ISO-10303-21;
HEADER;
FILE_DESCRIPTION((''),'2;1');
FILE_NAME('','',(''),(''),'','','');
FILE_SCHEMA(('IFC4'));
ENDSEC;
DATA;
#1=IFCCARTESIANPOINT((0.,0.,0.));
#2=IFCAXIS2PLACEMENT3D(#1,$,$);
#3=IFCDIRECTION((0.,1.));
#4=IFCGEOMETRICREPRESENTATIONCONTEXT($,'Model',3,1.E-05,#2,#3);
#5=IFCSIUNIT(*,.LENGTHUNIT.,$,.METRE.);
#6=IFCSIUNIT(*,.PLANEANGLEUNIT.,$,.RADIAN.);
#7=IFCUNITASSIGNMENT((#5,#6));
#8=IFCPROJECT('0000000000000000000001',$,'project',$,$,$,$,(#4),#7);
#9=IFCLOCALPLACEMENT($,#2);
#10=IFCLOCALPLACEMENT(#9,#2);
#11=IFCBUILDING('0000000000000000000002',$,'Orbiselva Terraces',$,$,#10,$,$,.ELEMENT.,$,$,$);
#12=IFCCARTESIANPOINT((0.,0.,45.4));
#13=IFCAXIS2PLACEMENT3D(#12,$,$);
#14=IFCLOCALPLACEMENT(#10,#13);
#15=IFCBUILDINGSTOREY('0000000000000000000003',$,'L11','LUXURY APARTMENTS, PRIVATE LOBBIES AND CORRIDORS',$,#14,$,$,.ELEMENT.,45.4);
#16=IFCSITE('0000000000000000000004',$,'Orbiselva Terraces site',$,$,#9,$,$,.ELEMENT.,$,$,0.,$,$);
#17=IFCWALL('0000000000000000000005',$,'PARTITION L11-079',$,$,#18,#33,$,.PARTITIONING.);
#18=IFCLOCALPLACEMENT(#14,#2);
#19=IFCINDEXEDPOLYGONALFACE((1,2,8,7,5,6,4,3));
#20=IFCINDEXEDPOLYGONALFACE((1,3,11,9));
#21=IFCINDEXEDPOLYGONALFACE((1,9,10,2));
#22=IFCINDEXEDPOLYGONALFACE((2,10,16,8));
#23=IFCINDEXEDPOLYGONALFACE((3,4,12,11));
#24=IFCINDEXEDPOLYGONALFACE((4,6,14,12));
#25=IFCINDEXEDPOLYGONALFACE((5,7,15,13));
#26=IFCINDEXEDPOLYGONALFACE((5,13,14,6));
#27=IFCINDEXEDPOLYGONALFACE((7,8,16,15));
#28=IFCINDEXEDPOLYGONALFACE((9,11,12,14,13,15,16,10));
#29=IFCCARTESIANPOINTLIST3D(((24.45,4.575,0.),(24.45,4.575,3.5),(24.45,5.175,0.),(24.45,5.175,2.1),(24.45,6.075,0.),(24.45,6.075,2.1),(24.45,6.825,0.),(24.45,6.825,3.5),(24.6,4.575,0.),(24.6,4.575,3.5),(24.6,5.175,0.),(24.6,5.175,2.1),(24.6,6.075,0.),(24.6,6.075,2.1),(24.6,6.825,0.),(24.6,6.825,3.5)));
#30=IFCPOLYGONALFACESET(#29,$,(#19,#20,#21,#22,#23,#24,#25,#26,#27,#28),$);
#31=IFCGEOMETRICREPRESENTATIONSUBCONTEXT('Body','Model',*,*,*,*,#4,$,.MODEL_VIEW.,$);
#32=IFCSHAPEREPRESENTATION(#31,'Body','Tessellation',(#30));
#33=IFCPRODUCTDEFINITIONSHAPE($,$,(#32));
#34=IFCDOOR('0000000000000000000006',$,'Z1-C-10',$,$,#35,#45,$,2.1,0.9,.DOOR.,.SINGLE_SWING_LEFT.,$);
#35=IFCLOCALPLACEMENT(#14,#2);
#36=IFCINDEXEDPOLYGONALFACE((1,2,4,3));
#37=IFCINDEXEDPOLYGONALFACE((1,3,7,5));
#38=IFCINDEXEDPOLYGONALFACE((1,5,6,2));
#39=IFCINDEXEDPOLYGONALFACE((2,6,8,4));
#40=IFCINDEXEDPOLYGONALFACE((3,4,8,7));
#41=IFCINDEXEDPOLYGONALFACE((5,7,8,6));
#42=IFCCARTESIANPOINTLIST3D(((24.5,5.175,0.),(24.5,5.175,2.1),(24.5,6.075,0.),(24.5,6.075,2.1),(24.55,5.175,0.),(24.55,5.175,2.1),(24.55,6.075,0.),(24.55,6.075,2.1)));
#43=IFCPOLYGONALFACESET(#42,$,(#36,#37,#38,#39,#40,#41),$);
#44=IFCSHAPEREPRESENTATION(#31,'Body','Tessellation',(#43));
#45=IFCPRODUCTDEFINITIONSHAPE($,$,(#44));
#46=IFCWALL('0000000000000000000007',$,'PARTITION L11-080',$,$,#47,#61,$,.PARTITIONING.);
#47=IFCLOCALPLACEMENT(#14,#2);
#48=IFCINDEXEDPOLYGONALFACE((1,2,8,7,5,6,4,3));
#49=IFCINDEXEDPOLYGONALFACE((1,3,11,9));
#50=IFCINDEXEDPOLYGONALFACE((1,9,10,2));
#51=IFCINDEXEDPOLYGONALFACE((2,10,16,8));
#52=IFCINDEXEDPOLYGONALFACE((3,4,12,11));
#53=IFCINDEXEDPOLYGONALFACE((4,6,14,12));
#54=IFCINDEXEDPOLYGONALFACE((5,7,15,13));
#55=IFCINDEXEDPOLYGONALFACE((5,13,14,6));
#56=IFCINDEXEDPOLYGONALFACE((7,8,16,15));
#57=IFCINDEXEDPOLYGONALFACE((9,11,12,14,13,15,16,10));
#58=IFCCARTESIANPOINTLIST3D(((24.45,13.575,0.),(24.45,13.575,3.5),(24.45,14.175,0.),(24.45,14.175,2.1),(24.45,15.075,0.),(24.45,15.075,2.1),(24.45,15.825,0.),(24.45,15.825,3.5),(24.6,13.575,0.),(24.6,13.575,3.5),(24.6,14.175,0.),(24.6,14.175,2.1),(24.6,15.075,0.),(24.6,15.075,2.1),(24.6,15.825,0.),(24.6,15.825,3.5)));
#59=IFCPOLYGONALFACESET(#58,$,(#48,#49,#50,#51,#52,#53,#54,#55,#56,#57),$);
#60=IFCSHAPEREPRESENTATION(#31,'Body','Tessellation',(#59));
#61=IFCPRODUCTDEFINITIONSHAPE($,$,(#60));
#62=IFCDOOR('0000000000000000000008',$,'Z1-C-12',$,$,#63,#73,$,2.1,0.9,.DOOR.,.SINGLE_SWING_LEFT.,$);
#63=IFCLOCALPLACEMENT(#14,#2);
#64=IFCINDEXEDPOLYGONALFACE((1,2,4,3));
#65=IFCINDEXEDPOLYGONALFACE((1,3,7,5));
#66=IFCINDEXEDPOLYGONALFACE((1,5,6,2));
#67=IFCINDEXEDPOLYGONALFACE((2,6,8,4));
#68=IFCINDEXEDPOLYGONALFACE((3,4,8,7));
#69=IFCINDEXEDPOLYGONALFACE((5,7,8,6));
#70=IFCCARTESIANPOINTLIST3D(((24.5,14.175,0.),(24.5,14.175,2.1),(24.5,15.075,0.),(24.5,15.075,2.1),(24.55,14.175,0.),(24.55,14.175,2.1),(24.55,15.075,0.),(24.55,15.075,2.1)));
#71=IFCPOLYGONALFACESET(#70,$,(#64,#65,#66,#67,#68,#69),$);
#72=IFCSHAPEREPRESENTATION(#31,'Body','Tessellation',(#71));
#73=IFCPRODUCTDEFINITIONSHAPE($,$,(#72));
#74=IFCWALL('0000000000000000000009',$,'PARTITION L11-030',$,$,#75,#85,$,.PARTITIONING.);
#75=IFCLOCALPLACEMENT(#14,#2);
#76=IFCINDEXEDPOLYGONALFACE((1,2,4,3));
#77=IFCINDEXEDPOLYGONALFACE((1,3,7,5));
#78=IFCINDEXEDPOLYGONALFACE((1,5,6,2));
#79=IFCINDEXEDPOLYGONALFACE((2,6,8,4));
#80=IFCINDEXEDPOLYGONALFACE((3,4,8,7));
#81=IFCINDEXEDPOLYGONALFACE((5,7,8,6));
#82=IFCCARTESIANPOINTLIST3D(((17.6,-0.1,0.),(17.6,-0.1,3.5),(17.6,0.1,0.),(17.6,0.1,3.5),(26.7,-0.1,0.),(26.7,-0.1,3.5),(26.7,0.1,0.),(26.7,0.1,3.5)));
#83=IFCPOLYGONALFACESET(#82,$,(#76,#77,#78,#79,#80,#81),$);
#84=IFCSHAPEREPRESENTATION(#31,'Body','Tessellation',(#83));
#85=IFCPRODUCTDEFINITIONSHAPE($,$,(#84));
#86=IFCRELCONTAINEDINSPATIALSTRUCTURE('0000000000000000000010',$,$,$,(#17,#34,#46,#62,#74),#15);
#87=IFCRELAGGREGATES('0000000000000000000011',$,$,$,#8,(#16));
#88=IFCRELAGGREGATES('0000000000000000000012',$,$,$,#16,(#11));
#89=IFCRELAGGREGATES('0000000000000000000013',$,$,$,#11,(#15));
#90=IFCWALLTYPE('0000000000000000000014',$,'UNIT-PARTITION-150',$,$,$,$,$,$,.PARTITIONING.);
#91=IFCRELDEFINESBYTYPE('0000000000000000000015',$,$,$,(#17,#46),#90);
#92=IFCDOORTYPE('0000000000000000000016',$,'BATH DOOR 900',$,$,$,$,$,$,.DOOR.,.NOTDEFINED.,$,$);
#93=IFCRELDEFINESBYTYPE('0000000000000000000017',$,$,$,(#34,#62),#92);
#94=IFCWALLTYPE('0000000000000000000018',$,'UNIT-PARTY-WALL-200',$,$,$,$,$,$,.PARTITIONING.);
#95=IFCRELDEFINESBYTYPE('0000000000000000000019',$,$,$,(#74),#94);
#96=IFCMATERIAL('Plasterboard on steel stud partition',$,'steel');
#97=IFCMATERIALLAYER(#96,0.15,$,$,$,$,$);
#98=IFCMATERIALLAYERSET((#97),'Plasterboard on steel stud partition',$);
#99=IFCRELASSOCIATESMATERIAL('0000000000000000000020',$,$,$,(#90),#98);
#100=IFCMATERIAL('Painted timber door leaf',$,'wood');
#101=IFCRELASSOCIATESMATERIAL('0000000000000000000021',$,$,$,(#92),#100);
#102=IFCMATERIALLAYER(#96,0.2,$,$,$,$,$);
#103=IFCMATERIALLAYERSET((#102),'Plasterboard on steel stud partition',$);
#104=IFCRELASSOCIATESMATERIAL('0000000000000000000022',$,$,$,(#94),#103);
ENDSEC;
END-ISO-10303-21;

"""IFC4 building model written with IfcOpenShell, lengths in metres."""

from ifc_helpers import new_model, si_unit, direction, frame, frame_2d, origin, place, context, subcontext, project, spatial, rectangle, extrude, material, layer, layer_set, type_object, element, fill, save


model = new_model("IFC4")

# Units and contexts
model_context = context("Model", 3, precision=1e-05, world=origin(), true_north=direction((0.0, 1.0)))
body_context = subcontext(model_context, "Body", "Model", "MODEL_VIEW")
ifc_project = project(units=[si_unit("LENGTHUNIT", "METRE"), si_unit("PLANEANGLEUNIT", "RADIAN")], contexts=[model_context])

# Site, building, storey
site_placement = place(None, origin())
site = spatial("IfcSite", under=ifc_project, at=site_placement, Name="Orbiselva Terraces site", CompositionType="ELEMENT", RefElevation=0.0)
building_placement = place(site_placement, origin())
building = spatial("IfcBuilding", under=site, at=building_placement, Name="Orbiselva Terraces", CompositionType="ELEMENT")
storey_placement = place(building_placement, frame((0.0, 0.0, 45.4)))
storey = spatial("IfcBuildingStorey", under=building, at=storey_placement, Name="L11", Description="LUXURY APARTMENTS, PRIVATE LOBBIES AND CORRIDORS", CompositionType="ELEMENT", Elevation=45.4)

# Shared definitions
ifc_material_1 = material(Name="Plasterboard on steel stud partition", Category="steel")
ifc_material_2 = material(Name="Painted timber door leaf", Category="wood")

# Shared definitions
ifc_layer_1 = layer(ifc_material_1, 0.15)
ifc_layer_set_1 = layer_set([ifc_layer_1], Name="Plasterboard on steel stud partition")
wall_type_1 = type_object("IfcWallType", Name="UNIT-PARTITION-150", PredefinedType="PARTITIONING", material=ifc_layer_set_1)

# Walls, openings, doors
wall_1_placement = place(storey_placement, frame((24.525, 4.575, 0.0), z_axis=(0.0, 0.0, 1.0), x_axis=(0.0, 1.0, 0.0)))
wall_1 = element("IfcWall", 1, at=wall_1_placement, inside=storey, type_object=wall_type_1, Name="PARTITION L11-079", PredefinedType="PARTITIONING", context=body_context, shape_type="SweptSolid", body=[
    extrude(rectangle(XDim=2.25, YDim=0.15, at=frame_2d((1.125, 0.0))), origin(), (0.0, 0.0, 1.0), 3.5),
])
opening_1_placement = place(wall_1_placement, frame((0.6, 0.0, 0.0)))
opening_1 = element("IfcOpeningElement", 2, at=opening_1_placement, cuts=wall_1, PredefinedType="OPENING", context=body_context, shape_type="SweptSolid", body=[
    extrude(rectangle(XDim=0.9, YDim=2.1, at=frame_2d((0.45, 1.05))), frame((0.0, 0.085, 0.0), z_axis=(0.0, -1.0, 0.0), x_axis=(1.0, 0.0, 0.0)), (0.0, 0.0, 1.0), 0.17),
])
door_type_1 = type_object("IfcDoorType", Name="BATH DOOR 900", OperationType="NOTDEFINED", PredefinedType="DOOR", material=ifc_material_2)
door_1_placement = place(opening_1_placement, origin())
door_1 = element("IfcDoor", 3, at=door_1_placement, inside=storey, type_object=door_type_1, Name="Z1-C-10", OperationType="SINGLE_SWING_LEFT", OverallHeight=2.1, OverallWidth=0.9, PredefinedType="DOOR", context=body_context, shape_type="SweptSolid", body=[
    extrude(rectangle(XDim=0.9, YDim=2.1, at=frame_2d((0.45, 1.05))), frame((0.0, 0.025, 0.0), z_axis=(0.0, -1.0, 0.0), x_axis=(1.0, 0.0, 0.0)), (0.0, 0.0, 1.0), 0.05),
])
fill(opening_1, door_1)
wall_2_placement = place(storey_placement, frame((24.525, 13.575, 0.0), z_axis=(0.0, 0.0, 1.0), x_axis=(0.0, 1.0, 0.0)))
wall_2 = element("IfcWall", 4, at=wall_2_placement, inside=storey, type_object=wall_type_1, Name="PARTITION L11-080", PredefinedType="PARTITIONING", context=body_context, shape_type="SweptSolid", body=[
    extrude(rectangle(XDim=2.25, YDim=0.15, at=frame_2d((1.125, 0.0))), origin(), (0.0, 0.0, 1.0), 3.5),
])
opening_2_placement = place(wall_2_placement, frame((0.6, 0.0, 0.0)))
opening_2 = element("IfcOpeningElement", 5, at=opening_2_placement, cuts=wall_2, PredefinedType="OPENING", context=body_context, shape_type="SweptSolid", body=[
    extrude(rectangle(XDim=0.9, YDim=2.1, at=frame_2d((0.45, 1.05))), frame((0.0, 0.085, 0.0), z_axis=(0.0, -1.0, 0.0), x_axis=(1.0, 0.0, 0.0)), (0.0, 0.0, 1.0), 0.17),
])
door_2_placement = place(opening_2_placement, origin())
door_2 = element("IfcDoor", 6, at=door_2_placement, inside=storey, type_object=door_type_1, Name="Z1-C-12", OperationType="SINGLE_SWING_LEFT", OverallHeight=2.1, OverallWidth=0.9, PredefinedType="DOOR", context=body_context, shape_type="SweptSolid", body=[
    extrude(rectangle(XDim=0.9, YDim=2.1, at=frame_2d((0.45, 1.05))), frame((0.0, 0.025, 0.0), z_axis=(0.0, -1.0, 0.0), x_axis=(1.0, 0.0, 0.0)), (0.0, 0.0, 1.0), 0.05),
])
fill(opening_2, door_2)

# Wall
ifc_layer_2 = layer(ifc_material_1, 0.2)
ifc_layer_set_2 = layer_set([ifc_layer_2], Name="Plasterboard on steel stud partition")
wall_type_2 = type_object("IfcWallType", Name="UNIT-PARTY-WALL-200", PredefinedType="PARTITIONING", material=ifc_layer_set_2)
wall_3_placement = place(storey_placement, frame((17.6, 0.0, 0.0), z_axis=(0.0, 0.0, 1.0), x_axis=(1.0, 0.0, 0.0)))
element("IfcWall", 7, at=wall_3_placement, inside=storey, type_object=wall_type_2, Name="PARTITION L11-030", PredefinedType="PARTITIONING", context=body_context, shape_type="SweptSolid", body=[
    extrude(rectangle(XDim=9.1, YDim=0.2, at=frame_2d((4.55, 0.0))), origin(), (0.0, 0.0, 1.0), 3.5),
])

save(model, "model.ifc")
